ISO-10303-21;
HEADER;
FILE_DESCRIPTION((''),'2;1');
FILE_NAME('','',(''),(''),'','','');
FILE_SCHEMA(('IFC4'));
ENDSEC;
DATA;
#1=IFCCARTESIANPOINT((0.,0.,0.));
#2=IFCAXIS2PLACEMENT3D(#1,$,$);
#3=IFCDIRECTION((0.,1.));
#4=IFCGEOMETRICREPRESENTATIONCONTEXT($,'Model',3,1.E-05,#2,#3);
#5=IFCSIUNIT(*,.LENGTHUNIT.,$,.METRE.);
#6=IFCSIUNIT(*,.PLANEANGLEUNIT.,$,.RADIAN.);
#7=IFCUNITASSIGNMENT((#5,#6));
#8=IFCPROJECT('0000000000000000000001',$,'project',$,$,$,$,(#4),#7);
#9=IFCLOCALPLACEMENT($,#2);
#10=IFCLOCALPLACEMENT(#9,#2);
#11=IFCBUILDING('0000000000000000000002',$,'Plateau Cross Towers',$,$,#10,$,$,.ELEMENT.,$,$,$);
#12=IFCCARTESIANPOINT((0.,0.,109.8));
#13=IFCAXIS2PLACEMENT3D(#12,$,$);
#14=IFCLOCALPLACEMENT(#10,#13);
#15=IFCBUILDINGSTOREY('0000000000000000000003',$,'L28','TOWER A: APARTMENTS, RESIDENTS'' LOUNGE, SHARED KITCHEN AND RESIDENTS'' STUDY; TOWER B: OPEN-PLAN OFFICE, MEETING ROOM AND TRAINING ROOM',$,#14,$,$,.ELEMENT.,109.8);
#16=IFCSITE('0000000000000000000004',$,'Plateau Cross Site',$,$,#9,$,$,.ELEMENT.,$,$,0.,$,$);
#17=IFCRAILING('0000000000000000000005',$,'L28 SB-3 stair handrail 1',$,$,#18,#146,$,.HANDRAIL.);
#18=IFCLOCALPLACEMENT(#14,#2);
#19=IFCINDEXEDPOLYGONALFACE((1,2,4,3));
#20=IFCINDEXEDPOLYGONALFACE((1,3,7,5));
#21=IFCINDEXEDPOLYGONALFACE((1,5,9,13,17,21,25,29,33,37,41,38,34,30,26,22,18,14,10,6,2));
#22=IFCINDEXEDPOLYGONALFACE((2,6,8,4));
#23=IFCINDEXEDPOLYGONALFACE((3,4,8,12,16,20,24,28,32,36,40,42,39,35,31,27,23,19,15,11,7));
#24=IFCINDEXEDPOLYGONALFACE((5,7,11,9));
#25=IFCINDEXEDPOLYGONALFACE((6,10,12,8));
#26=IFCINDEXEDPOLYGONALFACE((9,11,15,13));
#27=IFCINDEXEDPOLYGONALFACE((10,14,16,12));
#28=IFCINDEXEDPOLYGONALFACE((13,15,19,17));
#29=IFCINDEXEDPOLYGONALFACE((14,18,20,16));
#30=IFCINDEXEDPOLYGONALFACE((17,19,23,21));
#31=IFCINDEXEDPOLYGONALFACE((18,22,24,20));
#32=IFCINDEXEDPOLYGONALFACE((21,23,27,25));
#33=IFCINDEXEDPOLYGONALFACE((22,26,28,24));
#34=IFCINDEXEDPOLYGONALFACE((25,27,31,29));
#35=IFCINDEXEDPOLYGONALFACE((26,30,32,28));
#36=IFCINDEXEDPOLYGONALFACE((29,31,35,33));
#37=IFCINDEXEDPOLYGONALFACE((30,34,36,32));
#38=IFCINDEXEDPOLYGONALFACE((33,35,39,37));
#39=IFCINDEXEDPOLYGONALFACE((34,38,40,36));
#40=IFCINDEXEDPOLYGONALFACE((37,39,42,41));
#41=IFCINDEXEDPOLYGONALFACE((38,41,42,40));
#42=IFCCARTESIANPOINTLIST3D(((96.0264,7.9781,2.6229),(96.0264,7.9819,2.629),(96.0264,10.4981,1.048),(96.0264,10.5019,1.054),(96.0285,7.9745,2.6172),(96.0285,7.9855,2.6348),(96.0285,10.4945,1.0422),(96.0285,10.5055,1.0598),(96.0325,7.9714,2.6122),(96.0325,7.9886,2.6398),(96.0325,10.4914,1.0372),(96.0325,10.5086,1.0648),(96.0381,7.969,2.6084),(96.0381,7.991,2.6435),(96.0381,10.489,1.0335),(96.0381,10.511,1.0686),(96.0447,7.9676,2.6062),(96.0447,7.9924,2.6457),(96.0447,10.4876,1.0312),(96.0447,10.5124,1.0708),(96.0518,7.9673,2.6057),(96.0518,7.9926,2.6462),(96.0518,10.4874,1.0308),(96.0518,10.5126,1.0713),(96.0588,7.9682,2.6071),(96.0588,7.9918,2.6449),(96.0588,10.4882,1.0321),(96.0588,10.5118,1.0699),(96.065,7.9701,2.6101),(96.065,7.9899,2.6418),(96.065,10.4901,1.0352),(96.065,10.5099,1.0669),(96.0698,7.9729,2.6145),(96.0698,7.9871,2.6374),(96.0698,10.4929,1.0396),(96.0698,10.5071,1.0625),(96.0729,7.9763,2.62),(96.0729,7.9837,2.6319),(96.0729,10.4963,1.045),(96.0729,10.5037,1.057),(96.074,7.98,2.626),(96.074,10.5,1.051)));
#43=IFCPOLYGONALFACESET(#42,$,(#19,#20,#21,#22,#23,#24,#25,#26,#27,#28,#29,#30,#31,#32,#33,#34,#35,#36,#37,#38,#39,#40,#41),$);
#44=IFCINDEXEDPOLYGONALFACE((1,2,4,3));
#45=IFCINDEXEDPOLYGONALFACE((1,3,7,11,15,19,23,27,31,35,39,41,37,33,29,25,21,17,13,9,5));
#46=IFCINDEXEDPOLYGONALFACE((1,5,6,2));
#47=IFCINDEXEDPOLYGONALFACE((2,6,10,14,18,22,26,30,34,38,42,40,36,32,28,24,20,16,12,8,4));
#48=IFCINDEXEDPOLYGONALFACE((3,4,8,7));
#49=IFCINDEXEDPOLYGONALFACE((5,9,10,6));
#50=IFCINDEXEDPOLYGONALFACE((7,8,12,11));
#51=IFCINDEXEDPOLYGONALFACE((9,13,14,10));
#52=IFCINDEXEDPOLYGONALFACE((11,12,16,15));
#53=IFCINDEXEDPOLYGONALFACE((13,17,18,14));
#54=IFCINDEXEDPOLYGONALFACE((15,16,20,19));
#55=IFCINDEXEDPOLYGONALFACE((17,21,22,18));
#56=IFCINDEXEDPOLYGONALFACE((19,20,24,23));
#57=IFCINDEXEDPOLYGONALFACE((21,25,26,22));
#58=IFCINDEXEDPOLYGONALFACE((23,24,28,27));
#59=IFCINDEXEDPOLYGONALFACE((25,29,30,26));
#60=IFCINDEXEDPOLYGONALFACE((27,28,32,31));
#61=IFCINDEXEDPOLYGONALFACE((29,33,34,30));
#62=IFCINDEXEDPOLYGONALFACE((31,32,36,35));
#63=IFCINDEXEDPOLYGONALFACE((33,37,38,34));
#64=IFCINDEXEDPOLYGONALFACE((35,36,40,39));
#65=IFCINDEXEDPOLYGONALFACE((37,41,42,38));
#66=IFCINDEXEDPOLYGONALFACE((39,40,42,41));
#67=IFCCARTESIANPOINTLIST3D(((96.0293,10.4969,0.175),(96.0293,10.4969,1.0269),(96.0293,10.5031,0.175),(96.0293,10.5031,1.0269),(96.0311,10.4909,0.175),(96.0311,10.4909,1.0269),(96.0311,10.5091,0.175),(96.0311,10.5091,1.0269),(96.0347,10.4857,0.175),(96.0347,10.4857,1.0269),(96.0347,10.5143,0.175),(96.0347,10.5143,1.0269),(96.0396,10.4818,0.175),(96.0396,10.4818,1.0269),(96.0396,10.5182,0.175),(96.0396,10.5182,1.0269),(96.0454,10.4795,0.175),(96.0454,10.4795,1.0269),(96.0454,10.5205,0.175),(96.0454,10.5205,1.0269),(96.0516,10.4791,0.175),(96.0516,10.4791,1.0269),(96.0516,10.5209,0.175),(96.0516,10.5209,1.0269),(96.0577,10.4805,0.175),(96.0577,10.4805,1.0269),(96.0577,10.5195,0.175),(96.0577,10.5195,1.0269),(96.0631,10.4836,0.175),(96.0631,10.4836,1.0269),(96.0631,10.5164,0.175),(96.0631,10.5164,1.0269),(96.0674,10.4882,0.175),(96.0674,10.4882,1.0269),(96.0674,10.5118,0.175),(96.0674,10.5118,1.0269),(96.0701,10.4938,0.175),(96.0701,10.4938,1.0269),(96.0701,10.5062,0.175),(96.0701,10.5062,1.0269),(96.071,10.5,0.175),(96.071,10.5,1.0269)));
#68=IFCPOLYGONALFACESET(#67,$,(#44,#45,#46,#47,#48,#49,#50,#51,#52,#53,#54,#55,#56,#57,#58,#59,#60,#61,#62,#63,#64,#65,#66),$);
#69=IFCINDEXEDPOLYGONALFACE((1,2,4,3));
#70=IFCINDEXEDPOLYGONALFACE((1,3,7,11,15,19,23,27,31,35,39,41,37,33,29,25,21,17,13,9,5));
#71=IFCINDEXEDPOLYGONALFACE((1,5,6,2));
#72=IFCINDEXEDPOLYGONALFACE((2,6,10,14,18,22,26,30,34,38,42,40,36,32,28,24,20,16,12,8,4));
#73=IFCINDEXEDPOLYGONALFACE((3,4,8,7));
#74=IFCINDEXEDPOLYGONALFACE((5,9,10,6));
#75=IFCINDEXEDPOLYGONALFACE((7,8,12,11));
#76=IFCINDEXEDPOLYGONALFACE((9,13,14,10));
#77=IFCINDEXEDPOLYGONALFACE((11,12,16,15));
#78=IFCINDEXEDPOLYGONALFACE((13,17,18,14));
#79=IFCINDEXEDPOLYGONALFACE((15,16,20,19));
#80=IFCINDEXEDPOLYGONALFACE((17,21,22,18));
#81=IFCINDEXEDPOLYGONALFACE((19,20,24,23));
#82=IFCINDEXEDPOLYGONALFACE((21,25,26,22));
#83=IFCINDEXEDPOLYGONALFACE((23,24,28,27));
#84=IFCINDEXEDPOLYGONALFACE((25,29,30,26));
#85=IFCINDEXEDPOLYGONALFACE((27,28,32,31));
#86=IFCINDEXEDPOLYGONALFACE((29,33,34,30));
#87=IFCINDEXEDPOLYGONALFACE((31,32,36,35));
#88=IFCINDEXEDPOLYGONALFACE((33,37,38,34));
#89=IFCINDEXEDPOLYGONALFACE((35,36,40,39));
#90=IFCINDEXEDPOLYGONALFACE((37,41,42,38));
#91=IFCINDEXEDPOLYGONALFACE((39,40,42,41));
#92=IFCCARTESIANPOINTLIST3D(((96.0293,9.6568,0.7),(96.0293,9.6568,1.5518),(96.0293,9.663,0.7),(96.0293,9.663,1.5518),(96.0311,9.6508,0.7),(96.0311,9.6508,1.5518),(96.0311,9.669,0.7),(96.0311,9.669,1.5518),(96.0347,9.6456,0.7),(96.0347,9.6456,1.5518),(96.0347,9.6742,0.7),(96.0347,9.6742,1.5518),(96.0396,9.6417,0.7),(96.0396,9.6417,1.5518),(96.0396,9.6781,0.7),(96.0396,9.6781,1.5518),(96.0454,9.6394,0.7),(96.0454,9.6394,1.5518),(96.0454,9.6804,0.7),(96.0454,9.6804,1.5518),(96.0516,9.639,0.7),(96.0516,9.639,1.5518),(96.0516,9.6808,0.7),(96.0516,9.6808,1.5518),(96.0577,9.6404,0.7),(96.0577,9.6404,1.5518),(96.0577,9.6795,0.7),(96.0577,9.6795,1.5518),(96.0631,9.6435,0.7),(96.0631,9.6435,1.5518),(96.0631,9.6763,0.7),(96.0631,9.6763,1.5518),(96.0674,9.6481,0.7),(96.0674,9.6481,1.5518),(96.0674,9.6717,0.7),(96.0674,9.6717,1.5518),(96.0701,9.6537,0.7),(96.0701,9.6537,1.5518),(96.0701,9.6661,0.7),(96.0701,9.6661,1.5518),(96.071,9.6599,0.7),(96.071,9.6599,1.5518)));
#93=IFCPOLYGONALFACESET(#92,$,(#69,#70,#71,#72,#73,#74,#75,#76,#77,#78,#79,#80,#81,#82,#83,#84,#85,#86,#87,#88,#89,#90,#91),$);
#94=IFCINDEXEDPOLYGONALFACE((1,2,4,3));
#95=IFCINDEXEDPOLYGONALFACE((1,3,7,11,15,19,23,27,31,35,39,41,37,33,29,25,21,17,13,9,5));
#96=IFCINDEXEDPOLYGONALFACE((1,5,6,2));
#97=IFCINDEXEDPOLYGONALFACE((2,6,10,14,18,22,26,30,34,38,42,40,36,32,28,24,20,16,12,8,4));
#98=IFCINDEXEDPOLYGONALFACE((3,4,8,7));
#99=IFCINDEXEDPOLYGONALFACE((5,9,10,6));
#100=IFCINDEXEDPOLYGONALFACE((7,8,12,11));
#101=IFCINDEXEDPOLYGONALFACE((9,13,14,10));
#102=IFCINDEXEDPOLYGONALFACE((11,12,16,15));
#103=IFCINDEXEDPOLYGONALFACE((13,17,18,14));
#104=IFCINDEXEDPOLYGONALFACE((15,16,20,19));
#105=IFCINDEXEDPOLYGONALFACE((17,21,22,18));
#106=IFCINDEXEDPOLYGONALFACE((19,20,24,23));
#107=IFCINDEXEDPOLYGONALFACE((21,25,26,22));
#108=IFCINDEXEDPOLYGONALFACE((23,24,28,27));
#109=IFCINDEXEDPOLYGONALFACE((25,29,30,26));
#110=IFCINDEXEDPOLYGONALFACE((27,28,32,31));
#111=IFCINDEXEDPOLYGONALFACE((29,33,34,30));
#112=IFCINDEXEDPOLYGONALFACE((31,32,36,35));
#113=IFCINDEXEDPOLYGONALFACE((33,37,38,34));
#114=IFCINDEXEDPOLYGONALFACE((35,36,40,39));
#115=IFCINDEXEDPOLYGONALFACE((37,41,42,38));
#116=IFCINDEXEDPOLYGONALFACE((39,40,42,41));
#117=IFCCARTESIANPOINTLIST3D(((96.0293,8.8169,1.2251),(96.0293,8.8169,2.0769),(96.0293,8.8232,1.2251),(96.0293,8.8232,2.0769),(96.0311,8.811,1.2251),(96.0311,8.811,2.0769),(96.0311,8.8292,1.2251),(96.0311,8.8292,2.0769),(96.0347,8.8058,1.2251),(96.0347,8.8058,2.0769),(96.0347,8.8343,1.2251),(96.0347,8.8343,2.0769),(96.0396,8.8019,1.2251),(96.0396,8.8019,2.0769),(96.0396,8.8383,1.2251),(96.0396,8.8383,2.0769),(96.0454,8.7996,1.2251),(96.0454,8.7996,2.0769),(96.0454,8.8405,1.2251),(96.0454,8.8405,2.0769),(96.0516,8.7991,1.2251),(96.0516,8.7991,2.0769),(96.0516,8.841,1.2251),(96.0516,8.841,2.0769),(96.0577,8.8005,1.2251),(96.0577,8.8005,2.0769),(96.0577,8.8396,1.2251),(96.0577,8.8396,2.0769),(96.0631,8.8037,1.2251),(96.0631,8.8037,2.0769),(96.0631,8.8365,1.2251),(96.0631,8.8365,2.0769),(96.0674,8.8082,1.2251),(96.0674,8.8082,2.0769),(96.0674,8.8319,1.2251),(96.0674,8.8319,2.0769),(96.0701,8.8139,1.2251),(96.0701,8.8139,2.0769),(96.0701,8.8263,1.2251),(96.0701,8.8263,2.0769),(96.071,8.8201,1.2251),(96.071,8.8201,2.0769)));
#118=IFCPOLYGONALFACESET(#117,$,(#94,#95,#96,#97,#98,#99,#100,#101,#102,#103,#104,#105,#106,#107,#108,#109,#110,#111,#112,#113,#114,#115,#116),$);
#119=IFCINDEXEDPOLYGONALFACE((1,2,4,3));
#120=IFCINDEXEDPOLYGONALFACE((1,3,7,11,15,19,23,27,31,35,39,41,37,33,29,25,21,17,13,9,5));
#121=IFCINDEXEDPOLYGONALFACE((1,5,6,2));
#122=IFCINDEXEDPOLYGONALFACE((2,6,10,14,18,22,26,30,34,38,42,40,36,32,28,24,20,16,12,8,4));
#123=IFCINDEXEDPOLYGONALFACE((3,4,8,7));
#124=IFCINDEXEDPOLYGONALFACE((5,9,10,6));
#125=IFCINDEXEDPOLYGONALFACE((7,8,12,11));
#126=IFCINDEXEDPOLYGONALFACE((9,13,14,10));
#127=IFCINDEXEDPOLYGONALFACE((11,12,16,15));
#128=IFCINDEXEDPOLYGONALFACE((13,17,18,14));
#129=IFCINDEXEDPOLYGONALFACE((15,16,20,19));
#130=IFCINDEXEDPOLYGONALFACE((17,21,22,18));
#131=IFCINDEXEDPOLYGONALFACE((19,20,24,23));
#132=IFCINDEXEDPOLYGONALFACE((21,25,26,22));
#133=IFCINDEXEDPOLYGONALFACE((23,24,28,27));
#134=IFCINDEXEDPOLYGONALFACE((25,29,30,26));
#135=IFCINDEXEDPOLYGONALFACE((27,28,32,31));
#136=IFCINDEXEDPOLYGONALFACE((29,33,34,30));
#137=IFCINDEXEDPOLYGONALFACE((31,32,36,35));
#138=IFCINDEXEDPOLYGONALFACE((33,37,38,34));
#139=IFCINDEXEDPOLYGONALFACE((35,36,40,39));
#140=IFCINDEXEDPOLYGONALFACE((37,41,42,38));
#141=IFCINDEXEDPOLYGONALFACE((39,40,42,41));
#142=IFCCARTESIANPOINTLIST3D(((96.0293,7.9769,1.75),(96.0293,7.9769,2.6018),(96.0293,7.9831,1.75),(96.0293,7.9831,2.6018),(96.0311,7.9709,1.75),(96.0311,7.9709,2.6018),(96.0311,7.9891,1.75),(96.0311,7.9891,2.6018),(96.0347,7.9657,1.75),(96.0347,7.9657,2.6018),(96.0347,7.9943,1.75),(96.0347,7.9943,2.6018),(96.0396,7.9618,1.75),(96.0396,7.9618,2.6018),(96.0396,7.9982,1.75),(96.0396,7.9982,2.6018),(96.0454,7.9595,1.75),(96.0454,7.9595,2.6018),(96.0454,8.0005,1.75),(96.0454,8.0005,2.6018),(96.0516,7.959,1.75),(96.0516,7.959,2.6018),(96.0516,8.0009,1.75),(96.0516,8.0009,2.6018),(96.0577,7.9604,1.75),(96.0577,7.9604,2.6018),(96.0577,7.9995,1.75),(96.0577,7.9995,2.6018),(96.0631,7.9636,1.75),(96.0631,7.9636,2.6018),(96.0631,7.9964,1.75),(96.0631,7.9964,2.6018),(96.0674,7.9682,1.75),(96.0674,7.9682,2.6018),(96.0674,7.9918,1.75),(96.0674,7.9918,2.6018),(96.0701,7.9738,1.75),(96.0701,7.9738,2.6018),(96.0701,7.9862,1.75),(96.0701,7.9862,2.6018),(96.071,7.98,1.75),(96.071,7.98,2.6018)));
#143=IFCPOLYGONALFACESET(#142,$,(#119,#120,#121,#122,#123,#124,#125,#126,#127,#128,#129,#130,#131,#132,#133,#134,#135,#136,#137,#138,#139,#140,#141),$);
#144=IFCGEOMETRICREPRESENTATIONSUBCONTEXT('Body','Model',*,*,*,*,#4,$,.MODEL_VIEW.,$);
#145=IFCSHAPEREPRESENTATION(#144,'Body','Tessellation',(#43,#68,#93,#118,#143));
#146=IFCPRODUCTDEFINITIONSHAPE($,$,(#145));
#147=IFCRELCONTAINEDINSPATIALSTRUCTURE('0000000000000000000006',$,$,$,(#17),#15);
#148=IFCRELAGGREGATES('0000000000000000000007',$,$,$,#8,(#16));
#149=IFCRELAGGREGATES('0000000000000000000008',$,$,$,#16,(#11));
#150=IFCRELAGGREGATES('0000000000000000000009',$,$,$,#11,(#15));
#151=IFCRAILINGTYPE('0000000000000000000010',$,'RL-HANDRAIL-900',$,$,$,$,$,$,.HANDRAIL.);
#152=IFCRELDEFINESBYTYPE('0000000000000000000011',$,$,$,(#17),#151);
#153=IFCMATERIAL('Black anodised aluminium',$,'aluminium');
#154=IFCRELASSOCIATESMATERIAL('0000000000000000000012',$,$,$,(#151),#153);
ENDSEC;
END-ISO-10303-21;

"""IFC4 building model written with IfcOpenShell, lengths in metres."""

from ifc_helpers import new_model, si_unit, direction, frame, origin, origin_2d, place, context, subcontext, project, spatial, circle, extrude, material, type_object, element, save


model = new_model("IFC4")

# Units and contexts
model_context = context("Model", 3, precision=1e-05, world=origin(), true_north=direction((0.0, 1.0)))
body_context = subcontext(model_context, "Body", "Model", "MODEL_VIEW")
ifc_project = project(units=[si_unit("LENGTHUNIT", "METRE"), si_unit("PLANEANGLEUNIT", "RADIAN")], contexts=[model_context])

# Site, building, storey
site_placement = place(None, origin())
site = spatial("IfcSite", under=ifc_project, at=site_placement, Name="Plateau Cross Site", CompositionType="ELEMENT", RefElevation=0.0)
building_placement = place(site_placement, origin())
building = spatial("IfcBuilding", under=site, at=building_placement, Name="Plateau Cross Towers", CompositionType="ELEMENT")
storey_placement = place(building_placement, frame((0.0, 0.0, 109.8)))
storey = spatial("IfcBuildingStorey", under=building, at=storey_placement, Name="L28", Description="TOWER A: APARTMENTS, RESIDENTS' LOUNGE, SHARED KITCHEN AND RESIDENTS' STUDY; TOWER B: OPEN-PLAN OFFICE, MEETING ROOM AND TRAINING ROOM", CompositionType="ELEMENT", Elevation=109.8)

# Shared definitions
ifc_material_1 = material(Name="Black anodised aluminium", Category="aluminium")

# Railing
railing_type_1 = type_object("IfcRailingType", Name="RL-HANDRAIL-900", PredefinedType="HANDRAIL", material=ifc_material_1)
railing_1_placement = place(storey_placement, frame((96.05, 10.5, 0.175)))
element("IfcRailing", 1, at=railing_1_placement, inside=storey, type_object=railing_type_1, Name="L28 SB-3 stair handrail 1", PredefinedType="HANDRAIL", context=body_context, shape_type="SweptSolid", body=[
    extrude(circle(Radius=0.0239, at=origin_2d()), frame((0.0, 0.0, 0.876), z_axis=(0.0, -0.848008, 0.529984), x_axis=(1.0, 0.0, 0.0)), (0.0, 0.0, 1.0), 2.9717),
    extrude(circle(Radius=0.021, at=origin_2d()), origin(), (0.0, 0.0, 1.0), 0.8518),
    extrude(circle(Radius=0.021, at=origin_2d()), frame((0.0, -0.8401, 0.5249)), (0.0, 0.0, 1.0), 0.8518),
    extrude(circle(Radius=0.021, at=origin_2d()), frame((0.0, -1.6799, 1.05)), (0.0, 0.0, 1.0), 0.8518),
    extrude(circle(Radius=0.021, at=origin_2d()), frame((0.0, -2.52, 1.575)), (0.0, 0.0, 1.0), 0.8518),
])

save(model, "model.ifc")
